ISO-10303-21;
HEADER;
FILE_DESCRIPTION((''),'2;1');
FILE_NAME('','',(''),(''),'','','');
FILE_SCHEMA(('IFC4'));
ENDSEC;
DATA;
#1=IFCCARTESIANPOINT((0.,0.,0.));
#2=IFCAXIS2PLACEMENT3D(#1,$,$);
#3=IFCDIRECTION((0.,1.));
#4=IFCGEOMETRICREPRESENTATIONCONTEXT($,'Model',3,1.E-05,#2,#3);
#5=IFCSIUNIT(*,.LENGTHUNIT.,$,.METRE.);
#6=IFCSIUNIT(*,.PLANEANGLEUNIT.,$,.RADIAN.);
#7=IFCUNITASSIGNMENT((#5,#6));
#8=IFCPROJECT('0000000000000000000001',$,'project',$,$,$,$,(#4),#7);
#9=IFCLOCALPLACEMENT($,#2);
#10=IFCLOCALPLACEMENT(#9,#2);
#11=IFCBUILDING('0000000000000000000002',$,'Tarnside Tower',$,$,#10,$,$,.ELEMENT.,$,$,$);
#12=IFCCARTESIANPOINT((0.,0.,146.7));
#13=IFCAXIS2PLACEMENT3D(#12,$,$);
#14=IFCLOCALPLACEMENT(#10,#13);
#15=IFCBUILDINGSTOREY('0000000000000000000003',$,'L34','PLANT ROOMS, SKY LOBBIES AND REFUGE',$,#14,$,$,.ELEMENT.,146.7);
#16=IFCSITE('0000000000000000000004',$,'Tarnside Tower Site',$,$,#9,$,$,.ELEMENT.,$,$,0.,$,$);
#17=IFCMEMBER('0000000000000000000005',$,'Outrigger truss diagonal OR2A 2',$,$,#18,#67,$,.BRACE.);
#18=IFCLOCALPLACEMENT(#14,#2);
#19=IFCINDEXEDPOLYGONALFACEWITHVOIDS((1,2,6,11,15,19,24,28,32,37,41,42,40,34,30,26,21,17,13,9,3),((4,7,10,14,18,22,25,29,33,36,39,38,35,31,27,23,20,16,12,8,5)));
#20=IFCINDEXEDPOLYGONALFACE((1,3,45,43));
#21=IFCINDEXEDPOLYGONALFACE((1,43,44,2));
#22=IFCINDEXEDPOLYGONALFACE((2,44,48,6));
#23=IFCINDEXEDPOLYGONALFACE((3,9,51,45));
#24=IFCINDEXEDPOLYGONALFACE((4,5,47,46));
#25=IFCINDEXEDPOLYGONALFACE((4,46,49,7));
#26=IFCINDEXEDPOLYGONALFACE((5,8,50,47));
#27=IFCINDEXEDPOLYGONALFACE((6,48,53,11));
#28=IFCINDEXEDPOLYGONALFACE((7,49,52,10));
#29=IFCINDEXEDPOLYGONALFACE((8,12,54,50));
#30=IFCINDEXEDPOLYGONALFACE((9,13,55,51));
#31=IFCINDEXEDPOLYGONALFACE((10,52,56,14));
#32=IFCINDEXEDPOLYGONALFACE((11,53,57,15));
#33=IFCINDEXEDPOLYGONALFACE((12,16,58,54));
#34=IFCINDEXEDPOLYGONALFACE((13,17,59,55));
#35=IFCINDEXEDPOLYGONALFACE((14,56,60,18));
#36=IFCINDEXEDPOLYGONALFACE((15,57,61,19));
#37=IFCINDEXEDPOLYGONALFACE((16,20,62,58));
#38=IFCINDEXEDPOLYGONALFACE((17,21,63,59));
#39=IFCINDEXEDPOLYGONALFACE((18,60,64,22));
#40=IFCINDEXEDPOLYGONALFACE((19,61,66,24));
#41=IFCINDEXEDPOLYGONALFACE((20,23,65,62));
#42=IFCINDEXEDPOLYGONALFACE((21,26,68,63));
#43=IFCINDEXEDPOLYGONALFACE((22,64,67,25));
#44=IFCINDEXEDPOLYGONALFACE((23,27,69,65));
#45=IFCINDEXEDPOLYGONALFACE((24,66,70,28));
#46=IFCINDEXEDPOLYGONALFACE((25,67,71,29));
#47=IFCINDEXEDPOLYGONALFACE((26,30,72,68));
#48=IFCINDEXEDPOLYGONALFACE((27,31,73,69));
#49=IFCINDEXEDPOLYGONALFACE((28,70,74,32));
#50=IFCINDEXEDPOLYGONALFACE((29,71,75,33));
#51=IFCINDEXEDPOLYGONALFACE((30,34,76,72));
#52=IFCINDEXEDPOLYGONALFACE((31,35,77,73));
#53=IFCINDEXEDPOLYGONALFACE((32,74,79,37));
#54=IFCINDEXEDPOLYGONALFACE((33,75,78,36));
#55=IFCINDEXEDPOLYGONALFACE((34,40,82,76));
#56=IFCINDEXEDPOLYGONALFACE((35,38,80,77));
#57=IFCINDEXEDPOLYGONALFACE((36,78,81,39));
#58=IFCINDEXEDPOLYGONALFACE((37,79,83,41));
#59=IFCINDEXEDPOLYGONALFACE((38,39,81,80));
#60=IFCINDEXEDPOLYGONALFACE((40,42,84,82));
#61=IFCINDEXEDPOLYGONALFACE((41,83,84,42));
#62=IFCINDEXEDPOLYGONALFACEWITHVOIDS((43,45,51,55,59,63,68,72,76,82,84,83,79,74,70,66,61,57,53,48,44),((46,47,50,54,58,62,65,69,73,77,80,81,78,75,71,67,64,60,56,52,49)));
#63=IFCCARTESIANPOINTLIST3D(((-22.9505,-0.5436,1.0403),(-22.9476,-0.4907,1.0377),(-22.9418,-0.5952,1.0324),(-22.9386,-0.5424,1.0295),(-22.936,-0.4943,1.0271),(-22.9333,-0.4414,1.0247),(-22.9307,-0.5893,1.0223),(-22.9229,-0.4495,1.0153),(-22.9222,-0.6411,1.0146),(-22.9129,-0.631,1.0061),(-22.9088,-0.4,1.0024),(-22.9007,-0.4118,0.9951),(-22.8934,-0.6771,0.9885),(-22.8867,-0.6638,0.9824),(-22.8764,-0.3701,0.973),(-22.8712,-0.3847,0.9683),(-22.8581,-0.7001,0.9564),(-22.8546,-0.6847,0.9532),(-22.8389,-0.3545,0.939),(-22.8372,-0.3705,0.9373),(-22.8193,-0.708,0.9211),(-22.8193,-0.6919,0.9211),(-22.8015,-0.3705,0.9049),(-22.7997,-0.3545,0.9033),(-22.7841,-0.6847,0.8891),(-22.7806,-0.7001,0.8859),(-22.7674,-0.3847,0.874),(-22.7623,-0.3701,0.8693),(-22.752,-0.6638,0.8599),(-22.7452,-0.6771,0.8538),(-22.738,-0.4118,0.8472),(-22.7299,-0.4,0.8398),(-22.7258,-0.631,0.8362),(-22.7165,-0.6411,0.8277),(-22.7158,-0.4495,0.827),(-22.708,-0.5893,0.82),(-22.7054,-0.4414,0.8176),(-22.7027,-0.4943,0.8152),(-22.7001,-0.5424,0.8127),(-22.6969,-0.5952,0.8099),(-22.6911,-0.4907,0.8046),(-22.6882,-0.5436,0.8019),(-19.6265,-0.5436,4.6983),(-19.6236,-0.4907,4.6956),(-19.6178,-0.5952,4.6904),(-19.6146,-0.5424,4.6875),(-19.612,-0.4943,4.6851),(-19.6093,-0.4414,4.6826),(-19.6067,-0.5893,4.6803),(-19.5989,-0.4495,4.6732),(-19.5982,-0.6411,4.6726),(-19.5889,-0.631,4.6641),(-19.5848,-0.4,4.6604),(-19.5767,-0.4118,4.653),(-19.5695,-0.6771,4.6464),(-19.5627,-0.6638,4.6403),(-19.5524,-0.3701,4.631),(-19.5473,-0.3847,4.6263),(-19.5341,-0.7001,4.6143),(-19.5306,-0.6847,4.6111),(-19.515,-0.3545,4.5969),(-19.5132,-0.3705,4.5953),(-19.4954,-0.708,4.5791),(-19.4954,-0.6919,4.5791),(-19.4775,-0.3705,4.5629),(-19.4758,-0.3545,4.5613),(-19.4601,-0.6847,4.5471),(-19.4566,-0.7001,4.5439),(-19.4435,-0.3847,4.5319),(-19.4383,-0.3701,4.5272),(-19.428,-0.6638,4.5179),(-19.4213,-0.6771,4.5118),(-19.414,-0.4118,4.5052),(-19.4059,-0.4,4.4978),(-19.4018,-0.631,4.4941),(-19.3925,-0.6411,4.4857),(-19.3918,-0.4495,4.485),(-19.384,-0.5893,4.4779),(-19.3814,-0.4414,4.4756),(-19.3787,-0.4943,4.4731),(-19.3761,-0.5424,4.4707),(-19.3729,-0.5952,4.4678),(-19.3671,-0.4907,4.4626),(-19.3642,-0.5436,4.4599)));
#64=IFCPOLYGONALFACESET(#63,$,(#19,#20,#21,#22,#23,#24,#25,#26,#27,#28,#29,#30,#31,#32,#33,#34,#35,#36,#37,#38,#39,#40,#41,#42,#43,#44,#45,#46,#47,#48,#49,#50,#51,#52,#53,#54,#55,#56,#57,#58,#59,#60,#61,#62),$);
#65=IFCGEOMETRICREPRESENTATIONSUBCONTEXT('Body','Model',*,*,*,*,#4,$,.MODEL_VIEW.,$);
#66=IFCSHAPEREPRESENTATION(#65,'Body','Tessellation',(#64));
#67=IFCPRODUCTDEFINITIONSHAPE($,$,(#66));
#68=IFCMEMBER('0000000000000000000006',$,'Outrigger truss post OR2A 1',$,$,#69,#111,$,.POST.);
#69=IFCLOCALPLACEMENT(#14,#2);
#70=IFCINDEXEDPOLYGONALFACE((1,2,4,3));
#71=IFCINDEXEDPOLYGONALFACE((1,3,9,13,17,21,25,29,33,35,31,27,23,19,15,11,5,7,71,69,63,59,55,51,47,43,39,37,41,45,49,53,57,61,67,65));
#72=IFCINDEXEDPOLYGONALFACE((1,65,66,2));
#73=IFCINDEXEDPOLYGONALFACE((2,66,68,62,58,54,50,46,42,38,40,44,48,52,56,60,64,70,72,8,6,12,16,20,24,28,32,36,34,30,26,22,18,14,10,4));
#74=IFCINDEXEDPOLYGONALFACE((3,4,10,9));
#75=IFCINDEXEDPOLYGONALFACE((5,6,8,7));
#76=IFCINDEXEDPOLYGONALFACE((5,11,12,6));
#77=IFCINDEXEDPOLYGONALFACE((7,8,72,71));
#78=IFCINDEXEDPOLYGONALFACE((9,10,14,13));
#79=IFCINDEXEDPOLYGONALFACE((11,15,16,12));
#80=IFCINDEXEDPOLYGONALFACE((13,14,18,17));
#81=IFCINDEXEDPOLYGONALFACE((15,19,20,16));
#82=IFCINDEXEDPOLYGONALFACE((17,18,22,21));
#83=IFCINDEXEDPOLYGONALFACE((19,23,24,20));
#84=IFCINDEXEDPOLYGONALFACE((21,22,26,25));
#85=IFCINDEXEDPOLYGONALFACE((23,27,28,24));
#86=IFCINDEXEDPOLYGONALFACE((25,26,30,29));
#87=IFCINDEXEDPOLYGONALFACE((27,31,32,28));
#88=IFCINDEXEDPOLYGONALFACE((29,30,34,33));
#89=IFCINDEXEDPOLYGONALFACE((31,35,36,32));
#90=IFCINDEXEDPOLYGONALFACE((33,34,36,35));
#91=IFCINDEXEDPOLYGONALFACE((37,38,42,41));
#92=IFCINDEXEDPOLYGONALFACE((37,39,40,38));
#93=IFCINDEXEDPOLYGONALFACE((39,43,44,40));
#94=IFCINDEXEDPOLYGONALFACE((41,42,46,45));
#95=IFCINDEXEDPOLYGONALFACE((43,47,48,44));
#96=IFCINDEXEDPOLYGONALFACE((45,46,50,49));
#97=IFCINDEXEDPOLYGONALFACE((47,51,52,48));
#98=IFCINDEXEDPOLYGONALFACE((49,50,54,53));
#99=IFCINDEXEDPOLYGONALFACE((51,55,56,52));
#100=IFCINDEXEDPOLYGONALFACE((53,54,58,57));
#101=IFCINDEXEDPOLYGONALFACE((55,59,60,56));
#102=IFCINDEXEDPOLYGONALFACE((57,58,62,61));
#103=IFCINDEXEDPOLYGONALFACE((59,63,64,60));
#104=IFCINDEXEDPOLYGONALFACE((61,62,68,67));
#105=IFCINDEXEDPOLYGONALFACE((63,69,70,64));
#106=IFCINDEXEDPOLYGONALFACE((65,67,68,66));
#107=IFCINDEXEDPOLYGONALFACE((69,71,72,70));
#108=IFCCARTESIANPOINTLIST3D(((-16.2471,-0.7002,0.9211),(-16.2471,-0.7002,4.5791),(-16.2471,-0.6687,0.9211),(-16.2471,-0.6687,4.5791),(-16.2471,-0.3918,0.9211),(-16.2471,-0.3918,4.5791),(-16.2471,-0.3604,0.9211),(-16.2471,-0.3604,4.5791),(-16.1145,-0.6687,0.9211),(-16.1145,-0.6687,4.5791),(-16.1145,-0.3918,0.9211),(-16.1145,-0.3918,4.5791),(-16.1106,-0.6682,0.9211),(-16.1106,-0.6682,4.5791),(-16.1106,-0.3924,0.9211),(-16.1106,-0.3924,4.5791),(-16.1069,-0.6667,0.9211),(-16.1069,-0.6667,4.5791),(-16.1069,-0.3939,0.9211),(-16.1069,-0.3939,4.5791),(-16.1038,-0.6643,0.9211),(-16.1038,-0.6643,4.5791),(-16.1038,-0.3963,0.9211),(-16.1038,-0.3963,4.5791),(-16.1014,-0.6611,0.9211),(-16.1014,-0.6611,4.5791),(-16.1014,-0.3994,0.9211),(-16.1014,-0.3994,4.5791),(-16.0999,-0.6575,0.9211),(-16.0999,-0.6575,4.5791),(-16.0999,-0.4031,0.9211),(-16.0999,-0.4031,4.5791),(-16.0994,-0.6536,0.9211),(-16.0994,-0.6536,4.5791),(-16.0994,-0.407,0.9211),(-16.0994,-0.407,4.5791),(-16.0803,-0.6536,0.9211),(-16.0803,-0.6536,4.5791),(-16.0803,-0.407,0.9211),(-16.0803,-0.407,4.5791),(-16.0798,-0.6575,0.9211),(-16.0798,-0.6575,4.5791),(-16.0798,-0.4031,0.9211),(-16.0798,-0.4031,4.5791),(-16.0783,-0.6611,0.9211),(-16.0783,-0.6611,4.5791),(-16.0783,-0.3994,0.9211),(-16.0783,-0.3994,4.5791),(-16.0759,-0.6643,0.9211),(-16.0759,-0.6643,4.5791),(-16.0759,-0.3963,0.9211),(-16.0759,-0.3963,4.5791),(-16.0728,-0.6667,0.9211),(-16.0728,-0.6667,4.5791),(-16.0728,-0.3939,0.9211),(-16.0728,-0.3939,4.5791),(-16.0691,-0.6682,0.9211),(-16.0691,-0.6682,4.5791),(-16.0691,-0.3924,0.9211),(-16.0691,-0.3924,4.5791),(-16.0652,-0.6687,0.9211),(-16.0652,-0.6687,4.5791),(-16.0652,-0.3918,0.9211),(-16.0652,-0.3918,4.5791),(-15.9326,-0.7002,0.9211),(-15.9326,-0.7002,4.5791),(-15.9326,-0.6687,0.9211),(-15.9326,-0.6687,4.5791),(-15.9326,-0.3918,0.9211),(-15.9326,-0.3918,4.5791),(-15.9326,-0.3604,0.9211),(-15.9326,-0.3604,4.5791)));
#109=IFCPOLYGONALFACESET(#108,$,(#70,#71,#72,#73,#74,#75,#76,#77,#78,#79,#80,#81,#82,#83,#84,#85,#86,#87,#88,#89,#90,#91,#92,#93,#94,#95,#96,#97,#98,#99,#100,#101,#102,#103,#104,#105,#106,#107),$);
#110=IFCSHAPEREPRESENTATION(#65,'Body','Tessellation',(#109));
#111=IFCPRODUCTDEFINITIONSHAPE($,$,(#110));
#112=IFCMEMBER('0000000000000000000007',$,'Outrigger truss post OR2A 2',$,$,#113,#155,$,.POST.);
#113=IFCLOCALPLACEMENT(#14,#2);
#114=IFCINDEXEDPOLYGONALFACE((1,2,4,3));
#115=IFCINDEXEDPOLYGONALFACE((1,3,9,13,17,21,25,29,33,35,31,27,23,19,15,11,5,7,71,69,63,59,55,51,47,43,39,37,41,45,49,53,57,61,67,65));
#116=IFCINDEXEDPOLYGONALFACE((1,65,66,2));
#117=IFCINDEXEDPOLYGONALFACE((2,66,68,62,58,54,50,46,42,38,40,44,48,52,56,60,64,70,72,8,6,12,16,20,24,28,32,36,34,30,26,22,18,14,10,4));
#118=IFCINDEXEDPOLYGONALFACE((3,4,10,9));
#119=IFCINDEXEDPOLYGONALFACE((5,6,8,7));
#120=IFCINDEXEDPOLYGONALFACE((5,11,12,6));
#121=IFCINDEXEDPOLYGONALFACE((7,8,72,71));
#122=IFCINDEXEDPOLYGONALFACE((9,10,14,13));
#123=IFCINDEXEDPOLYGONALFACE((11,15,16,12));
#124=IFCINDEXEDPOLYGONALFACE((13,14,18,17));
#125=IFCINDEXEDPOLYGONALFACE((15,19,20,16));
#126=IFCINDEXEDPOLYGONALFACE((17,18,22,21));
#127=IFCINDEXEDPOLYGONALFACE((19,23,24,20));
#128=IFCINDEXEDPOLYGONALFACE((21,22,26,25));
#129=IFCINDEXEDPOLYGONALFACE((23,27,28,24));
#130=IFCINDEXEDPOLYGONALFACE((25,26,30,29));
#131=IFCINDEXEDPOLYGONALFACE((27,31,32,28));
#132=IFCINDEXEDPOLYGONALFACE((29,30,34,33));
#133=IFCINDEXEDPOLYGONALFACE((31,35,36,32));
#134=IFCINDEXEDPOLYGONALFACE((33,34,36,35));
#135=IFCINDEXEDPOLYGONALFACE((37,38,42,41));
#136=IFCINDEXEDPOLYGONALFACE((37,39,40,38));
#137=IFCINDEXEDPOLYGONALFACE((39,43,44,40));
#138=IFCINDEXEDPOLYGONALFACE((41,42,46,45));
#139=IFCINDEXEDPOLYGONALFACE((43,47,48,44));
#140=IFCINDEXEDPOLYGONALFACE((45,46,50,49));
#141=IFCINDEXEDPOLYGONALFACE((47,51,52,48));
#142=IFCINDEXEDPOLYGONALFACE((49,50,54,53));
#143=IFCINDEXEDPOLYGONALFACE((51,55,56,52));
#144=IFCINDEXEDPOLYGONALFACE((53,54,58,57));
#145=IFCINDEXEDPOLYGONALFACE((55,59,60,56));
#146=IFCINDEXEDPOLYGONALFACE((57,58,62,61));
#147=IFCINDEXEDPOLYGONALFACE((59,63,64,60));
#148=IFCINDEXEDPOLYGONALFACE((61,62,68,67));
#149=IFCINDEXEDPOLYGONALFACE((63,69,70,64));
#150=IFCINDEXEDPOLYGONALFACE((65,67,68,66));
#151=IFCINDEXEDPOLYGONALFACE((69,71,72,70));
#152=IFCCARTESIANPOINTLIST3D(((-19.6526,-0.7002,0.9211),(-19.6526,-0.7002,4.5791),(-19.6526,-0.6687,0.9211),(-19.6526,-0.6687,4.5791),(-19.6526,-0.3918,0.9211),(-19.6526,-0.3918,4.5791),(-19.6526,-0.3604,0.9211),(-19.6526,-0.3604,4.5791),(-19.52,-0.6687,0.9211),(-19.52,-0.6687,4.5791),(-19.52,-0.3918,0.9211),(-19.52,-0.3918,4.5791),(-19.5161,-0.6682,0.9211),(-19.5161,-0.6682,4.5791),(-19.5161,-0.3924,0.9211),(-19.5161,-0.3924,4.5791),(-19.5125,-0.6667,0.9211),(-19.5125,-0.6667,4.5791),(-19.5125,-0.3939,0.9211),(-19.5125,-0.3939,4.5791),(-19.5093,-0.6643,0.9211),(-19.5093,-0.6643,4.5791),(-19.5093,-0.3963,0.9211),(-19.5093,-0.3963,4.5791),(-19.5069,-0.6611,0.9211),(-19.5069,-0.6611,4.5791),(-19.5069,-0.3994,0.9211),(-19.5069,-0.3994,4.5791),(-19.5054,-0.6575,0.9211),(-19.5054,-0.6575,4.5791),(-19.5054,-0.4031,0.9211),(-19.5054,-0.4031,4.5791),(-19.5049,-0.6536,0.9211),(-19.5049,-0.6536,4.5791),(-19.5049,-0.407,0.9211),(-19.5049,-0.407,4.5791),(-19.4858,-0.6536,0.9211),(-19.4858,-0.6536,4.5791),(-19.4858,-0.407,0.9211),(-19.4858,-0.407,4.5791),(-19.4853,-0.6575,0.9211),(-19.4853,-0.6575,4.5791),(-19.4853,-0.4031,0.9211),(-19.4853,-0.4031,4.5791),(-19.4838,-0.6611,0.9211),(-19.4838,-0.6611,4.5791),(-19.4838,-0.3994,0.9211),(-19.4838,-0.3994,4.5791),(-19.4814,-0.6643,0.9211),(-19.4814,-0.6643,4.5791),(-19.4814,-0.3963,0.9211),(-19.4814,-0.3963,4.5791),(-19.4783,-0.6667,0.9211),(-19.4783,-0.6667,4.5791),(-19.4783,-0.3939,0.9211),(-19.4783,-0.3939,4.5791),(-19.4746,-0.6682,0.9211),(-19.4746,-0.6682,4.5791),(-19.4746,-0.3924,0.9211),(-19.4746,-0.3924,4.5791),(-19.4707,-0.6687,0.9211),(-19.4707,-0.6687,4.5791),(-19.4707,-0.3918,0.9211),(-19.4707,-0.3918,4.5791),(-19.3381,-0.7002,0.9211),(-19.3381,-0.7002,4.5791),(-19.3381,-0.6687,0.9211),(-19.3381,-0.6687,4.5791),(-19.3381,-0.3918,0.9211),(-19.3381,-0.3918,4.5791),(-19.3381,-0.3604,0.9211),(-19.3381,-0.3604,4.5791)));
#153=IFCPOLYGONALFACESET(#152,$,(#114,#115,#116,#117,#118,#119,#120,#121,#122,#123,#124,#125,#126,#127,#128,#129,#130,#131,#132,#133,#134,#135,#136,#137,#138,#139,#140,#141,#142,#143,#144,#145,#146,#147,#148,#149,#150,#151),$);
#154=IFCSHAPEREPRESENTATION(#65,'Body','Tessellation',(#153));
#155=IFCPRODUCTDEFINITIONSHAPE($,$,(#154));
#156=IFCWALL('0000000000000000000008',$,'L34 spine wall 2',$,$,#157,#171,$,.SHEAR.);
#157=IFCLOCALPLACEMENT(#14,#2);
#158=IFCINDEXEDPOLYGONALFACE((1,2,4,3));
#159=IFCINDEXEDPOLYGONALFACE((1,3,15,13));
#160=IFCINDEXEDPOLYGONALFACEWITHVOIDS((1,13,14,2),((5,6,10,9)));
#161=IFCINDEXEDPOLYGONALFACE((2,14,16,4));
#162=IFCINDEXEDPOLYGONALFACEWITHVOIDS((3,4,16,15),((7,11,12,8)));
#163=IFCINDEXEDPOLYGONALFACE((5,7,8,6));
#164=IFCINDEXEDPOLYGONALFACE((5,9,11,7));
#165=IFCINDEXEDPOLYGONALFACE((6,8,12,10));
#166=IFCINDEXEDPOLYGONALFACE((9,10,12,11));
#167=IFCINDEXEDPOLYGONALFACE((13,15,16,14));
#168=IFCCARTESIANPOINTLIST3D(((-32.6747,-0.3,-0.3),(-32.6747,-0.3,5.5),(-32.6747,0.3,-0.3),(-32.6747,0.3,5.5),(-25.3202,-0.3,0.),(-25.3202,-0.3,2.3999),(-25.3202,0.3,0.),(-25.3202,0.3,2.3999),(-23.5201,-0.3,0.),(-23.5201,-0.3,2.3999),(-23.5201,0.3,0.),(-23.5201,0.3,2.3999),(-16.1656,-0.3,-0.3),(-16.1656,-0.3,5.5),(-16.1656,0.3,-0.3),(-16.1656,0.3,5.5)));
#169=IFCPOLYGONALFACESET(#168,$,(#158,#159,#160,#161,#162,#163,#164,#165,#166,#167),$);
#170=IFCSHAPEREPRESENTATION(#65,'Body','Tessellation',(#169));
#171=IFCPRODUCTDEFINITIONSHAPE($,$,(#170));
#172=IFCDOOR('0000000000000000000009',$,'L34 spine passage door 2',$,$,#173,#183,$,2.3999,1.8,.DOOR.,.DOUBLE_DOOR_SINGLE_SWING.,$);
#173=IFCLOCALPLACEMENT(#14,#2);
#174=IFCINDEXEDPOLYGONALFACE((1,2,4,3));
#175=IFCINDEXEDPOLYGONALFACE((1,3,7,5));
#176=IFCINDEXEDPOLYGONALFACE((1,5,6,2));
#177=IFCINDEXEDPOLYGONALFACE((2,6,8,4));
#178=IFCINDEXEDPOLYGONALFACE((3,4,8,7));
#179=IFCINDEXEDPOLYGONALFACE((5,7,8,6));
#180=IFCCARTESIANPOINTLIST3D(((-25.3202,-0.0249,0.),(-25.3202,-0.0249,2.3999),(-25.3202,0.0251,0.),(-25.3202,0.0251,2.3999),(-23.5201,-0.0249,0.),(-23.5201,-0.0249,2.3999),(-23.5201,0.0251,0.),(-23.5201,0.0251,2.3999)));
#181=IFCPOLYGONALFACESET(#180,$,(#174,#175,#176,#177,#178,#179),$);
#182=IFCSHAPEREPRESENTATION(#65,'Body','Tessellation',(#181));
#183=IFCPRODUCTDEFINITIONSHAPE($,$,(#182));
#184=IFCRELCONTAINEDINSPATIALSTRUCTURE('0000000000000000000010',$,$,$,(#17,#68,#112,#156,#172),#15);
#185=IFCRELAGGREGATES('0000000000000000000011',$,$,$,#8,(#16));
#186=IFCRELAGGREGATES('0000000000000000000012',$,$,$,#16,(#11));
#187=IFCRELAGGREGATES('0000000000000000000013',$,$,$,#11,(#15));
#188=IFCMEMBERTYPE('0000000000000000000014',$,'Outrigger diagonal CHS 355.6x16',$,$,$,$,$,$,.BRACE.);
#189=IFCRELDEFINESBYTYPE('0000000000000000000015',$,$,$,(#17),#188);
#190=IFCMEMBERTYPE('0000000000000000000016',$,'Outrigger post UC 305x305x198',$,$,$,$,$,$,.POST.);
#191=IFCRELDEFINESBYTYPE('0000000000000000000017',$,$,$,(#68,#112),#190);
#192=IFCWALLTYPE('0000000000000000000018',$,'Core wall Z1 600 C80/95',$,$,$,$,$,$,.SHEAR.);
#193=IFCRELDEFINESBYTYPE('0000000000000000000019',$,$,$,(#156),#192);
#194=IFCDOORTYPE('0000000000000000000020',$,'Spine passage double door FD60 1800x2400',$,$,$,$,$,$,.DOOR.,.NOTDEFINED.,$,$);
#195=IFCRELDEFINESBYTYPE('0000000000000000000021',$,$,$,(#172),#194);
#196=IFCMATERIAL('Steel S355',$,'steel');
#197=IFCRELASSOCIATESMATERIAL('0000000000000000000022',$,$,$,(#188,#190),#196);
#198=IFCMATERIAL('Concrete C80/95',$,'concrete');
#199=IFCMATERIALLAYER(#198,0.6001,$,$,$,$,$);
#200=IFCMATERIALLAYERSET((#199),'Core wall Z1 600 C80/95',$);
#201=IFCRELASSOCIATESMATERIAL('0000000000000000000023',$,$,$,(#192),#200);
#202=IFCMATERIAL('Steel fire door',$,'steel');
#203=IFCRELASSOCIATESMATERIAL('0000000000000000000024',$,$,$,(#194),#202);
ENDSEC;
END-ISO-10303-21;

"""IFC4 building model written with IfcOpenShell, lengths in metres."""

from ifc_helpers import new_model, si_unit, direction, frame, frame_2d, origin, origin_2d, place, context, subcontext, project, spatial, rectangle, hollow_circle, i_section, extrude, material, layer, layer_set, material_profile, profile_set, type_object, element, fill, save


model = new_model("IFC4")

# Units and contexts
model_context = context("Model", 3, precision=1e-05, world=origin(), true_north=direction((0.0, 1.0)))
body_context = subcontext(model_context, "Body", "Model", "MODEL_VIEW")
ifc_project = project(units=[si_unit("LENGTHUNIT", "METRE"), si_unit("PLANEANGLEUNIT", "RADIAN")], contexts=[model_context])

# Site, building, storey
site_placement = place(None, origin())
site = spatial("IfcSite", under=ifc_project, at=site_placement, Name="Tarnside Tower Site", CompositionType="ELEMENT", RefElevation=0.0)
building_placement = place(site_placement, origin())
building = spatial("IfcBuilding", under=site, at=building_placement, Name="Tarnside Tower", CompositionType="ELEMENT")
storey_placement = place(building_placement, frame((0.0, 0.0, 146.7)))
storey = spatial("IfcBuildingStorey", under=building, at=storey_placement, Name="L34", Description="PLANT ROOMS, SKY LOBBIES AND REFUGE", CompositionType="ELEMENT", Elevation=146.7)

# Members
ifc_material_1 = material(Name="Steel S355", Category="steel")
ifc_material_profile_1 = material_profile(ifc_material_1, hollow_circle(Radius=0.1777, WallThickness=0.0161, at=origin_2d()), Name="CHS 355.6x16")
ifc_profile_set_1 = profile_set([ifc_material_profile_1], Name="Steel S355")
member_type_1 = type_object("IfcMemberType", Name="Outrigger diagonal CHS 355.6x16", PredefinedType="BRACE", material=ifc_profile_set_1)
member_1_placement = place(storey_placement, frame((-19.4954, -0.5303, 4.5791), z_axis=(-0.672513, 0.0, -0.740085), x_axis=(0.0, -1.0, 0.0)))
element("IfcMember", 1, at=member_1_placement, inside=storey, type_object=member_type_1, Name="Outrigger truss diagonal OR2A 2", PredefinedType="BRACE", context=body_context, shape_type="SweptSolid", body=[
    extrude(hollow_circle(Radius=0.1777, WallThickness=0.0161, at=origin_2d()), origin(), (0.0, 0.0, 1.0), 4.9426),
])
ifc_material_profile_2 = material_profile(ifc_material_1, i_section(OverallWidth=0.3145, OverallDepth=0.3398, WebThickness=0.019, FlangeThickness=0.0315, FilletRadius=0.0151, at=origin_2d()), Name="UC 305x305x198")
ifc_profile_set_2 = profile_set([ifc_material_profile_2], Name="Steel S355")
member_type_2 = type_object("IfcMemberType", Name="Outrigger post UC 305x305x198", PredefinedType="POST", material=ifc_profile_set_2)
for number, where, z_axis, x_axis, name in (
    (2, (-16.0898, -0.5303, 0.9211), (0.0, 0.0, 1.0), (-1.0, 0.0, 0.0), "Outrigger truss post OR2A 1"),
    (3, (-19.4954, -0.5303, 0.9211), (0.0, 0.0, 1.0), (-1.0, 0.0, 0.0), "Outrigger truss post OR2A 2"),
):
    element("IfcMember", number, at=place(storey_placement, frame(where, z_axis=z_axis, x_axis=x_axis)), inside=storey, type_object=member_type_2, Name=name, PredefinedType="POST", context=body_context, shape_type="SweptSolid", body=[
        extrude(i_section(OverallWidth=0.3145, OverallDepth=0.3398, WebThickness=0.019, FlangeThickness=0.0315, FilletRadius=0.0151, at=origin_2d()), origin(), (0.0, 0.0, 1.0), 3.658),
    ])

# Wall, opening, door
ifc_material_2 = material(Name="Concrete C80/95", Category="concrete")
ifc_layer_1 = layer(ifc_material_2, 0.6001)
ifc_layer_set_1 = layer_set([ifc_layer_1], Name="Core wall Z1 600 C80/95")
wall_type_1 = type_object("IfcWallType", Name="Core wall Z1 600 C80/95", PredefinedType="SHEAR", material=ifc_layer_set_1)
wall_1_placement = place(storey_placement, frame((-16.1658, 0.0, -0.3), z_axis=(0.0, 0.0, 1.0), x_axis=(-1.0, 0.0, 0.0)))
wall_1 = element("IfcWall", 4, at=wall_1_placement, inside=storey, type_object=wall_type_1, Name="L34 spine wall 2", PredefinedType="SHEAR", context=body_context, shape_type="SweptSolid", body=[
    extrude(rectangle(XDim=16.509, YDim=0.6001, at=frame_2d((8.2544, 0.0))), origin(), (0.0, 0.0, 1.0), 5.8),
])
opening_1_placement = place(wall_1_placement, frame((7.3545, 0.0, 0.3)))
opening_1 = element("IfcOpeningElement", 5, at=opening_1_placement, cuts=wall_1, PredefinedType="OPENING", context=body_context, shape_type="SweptSolid", body=[
    extrude(rectangle(XDim=1.8, YDim=2.3999, at=frame_2d((0.8999, 1.2))), frame((0.0, 0.3101, 0.0), z_axis=(0.0, -1.0, 0.0), x_axis=(1.0, 0.0, 0.0)), (0.0, 0.0, 1.0), 0.6201),
])
ifc_material_3 = material(Name="Steel fire door", Category="steel")
door_type_1 = type_object("IfcDoorType", Name="Spine passage double door FD60 1800x2400", OperationType="NOTDEFINED", PredefinedType="DOOR", material=ifc_material_3)
door_1_placement = place(opening_1_placement, origin())
door_1 = element("IfcDoor", 6, at=door_1_placement, inside=storey, type_object=door_type_1, Name="L34 spine passage door 2", OperationType="DOUBLE_DOOR_SINGLE_SWING", OverallHeight=2.3999, OverallWidth=1.8, PredefinedType="DOOR", context=body_context, shape_type="SweptSolid", body=[
    extrude(rectangle(XDim=1.8, YDim=2.3999, at=frame_2d((0.8999, 1.2))), frame((0.0, 0.0249, 0.0), z_axis=(0.0, -1.0, 0.0), x_axis=(1.0, 0.0, 0.0)), (0.0, 0.0, 1.0), 0.05),
])
fill(opening_1, door_1)

save(model, "model.ifc")
